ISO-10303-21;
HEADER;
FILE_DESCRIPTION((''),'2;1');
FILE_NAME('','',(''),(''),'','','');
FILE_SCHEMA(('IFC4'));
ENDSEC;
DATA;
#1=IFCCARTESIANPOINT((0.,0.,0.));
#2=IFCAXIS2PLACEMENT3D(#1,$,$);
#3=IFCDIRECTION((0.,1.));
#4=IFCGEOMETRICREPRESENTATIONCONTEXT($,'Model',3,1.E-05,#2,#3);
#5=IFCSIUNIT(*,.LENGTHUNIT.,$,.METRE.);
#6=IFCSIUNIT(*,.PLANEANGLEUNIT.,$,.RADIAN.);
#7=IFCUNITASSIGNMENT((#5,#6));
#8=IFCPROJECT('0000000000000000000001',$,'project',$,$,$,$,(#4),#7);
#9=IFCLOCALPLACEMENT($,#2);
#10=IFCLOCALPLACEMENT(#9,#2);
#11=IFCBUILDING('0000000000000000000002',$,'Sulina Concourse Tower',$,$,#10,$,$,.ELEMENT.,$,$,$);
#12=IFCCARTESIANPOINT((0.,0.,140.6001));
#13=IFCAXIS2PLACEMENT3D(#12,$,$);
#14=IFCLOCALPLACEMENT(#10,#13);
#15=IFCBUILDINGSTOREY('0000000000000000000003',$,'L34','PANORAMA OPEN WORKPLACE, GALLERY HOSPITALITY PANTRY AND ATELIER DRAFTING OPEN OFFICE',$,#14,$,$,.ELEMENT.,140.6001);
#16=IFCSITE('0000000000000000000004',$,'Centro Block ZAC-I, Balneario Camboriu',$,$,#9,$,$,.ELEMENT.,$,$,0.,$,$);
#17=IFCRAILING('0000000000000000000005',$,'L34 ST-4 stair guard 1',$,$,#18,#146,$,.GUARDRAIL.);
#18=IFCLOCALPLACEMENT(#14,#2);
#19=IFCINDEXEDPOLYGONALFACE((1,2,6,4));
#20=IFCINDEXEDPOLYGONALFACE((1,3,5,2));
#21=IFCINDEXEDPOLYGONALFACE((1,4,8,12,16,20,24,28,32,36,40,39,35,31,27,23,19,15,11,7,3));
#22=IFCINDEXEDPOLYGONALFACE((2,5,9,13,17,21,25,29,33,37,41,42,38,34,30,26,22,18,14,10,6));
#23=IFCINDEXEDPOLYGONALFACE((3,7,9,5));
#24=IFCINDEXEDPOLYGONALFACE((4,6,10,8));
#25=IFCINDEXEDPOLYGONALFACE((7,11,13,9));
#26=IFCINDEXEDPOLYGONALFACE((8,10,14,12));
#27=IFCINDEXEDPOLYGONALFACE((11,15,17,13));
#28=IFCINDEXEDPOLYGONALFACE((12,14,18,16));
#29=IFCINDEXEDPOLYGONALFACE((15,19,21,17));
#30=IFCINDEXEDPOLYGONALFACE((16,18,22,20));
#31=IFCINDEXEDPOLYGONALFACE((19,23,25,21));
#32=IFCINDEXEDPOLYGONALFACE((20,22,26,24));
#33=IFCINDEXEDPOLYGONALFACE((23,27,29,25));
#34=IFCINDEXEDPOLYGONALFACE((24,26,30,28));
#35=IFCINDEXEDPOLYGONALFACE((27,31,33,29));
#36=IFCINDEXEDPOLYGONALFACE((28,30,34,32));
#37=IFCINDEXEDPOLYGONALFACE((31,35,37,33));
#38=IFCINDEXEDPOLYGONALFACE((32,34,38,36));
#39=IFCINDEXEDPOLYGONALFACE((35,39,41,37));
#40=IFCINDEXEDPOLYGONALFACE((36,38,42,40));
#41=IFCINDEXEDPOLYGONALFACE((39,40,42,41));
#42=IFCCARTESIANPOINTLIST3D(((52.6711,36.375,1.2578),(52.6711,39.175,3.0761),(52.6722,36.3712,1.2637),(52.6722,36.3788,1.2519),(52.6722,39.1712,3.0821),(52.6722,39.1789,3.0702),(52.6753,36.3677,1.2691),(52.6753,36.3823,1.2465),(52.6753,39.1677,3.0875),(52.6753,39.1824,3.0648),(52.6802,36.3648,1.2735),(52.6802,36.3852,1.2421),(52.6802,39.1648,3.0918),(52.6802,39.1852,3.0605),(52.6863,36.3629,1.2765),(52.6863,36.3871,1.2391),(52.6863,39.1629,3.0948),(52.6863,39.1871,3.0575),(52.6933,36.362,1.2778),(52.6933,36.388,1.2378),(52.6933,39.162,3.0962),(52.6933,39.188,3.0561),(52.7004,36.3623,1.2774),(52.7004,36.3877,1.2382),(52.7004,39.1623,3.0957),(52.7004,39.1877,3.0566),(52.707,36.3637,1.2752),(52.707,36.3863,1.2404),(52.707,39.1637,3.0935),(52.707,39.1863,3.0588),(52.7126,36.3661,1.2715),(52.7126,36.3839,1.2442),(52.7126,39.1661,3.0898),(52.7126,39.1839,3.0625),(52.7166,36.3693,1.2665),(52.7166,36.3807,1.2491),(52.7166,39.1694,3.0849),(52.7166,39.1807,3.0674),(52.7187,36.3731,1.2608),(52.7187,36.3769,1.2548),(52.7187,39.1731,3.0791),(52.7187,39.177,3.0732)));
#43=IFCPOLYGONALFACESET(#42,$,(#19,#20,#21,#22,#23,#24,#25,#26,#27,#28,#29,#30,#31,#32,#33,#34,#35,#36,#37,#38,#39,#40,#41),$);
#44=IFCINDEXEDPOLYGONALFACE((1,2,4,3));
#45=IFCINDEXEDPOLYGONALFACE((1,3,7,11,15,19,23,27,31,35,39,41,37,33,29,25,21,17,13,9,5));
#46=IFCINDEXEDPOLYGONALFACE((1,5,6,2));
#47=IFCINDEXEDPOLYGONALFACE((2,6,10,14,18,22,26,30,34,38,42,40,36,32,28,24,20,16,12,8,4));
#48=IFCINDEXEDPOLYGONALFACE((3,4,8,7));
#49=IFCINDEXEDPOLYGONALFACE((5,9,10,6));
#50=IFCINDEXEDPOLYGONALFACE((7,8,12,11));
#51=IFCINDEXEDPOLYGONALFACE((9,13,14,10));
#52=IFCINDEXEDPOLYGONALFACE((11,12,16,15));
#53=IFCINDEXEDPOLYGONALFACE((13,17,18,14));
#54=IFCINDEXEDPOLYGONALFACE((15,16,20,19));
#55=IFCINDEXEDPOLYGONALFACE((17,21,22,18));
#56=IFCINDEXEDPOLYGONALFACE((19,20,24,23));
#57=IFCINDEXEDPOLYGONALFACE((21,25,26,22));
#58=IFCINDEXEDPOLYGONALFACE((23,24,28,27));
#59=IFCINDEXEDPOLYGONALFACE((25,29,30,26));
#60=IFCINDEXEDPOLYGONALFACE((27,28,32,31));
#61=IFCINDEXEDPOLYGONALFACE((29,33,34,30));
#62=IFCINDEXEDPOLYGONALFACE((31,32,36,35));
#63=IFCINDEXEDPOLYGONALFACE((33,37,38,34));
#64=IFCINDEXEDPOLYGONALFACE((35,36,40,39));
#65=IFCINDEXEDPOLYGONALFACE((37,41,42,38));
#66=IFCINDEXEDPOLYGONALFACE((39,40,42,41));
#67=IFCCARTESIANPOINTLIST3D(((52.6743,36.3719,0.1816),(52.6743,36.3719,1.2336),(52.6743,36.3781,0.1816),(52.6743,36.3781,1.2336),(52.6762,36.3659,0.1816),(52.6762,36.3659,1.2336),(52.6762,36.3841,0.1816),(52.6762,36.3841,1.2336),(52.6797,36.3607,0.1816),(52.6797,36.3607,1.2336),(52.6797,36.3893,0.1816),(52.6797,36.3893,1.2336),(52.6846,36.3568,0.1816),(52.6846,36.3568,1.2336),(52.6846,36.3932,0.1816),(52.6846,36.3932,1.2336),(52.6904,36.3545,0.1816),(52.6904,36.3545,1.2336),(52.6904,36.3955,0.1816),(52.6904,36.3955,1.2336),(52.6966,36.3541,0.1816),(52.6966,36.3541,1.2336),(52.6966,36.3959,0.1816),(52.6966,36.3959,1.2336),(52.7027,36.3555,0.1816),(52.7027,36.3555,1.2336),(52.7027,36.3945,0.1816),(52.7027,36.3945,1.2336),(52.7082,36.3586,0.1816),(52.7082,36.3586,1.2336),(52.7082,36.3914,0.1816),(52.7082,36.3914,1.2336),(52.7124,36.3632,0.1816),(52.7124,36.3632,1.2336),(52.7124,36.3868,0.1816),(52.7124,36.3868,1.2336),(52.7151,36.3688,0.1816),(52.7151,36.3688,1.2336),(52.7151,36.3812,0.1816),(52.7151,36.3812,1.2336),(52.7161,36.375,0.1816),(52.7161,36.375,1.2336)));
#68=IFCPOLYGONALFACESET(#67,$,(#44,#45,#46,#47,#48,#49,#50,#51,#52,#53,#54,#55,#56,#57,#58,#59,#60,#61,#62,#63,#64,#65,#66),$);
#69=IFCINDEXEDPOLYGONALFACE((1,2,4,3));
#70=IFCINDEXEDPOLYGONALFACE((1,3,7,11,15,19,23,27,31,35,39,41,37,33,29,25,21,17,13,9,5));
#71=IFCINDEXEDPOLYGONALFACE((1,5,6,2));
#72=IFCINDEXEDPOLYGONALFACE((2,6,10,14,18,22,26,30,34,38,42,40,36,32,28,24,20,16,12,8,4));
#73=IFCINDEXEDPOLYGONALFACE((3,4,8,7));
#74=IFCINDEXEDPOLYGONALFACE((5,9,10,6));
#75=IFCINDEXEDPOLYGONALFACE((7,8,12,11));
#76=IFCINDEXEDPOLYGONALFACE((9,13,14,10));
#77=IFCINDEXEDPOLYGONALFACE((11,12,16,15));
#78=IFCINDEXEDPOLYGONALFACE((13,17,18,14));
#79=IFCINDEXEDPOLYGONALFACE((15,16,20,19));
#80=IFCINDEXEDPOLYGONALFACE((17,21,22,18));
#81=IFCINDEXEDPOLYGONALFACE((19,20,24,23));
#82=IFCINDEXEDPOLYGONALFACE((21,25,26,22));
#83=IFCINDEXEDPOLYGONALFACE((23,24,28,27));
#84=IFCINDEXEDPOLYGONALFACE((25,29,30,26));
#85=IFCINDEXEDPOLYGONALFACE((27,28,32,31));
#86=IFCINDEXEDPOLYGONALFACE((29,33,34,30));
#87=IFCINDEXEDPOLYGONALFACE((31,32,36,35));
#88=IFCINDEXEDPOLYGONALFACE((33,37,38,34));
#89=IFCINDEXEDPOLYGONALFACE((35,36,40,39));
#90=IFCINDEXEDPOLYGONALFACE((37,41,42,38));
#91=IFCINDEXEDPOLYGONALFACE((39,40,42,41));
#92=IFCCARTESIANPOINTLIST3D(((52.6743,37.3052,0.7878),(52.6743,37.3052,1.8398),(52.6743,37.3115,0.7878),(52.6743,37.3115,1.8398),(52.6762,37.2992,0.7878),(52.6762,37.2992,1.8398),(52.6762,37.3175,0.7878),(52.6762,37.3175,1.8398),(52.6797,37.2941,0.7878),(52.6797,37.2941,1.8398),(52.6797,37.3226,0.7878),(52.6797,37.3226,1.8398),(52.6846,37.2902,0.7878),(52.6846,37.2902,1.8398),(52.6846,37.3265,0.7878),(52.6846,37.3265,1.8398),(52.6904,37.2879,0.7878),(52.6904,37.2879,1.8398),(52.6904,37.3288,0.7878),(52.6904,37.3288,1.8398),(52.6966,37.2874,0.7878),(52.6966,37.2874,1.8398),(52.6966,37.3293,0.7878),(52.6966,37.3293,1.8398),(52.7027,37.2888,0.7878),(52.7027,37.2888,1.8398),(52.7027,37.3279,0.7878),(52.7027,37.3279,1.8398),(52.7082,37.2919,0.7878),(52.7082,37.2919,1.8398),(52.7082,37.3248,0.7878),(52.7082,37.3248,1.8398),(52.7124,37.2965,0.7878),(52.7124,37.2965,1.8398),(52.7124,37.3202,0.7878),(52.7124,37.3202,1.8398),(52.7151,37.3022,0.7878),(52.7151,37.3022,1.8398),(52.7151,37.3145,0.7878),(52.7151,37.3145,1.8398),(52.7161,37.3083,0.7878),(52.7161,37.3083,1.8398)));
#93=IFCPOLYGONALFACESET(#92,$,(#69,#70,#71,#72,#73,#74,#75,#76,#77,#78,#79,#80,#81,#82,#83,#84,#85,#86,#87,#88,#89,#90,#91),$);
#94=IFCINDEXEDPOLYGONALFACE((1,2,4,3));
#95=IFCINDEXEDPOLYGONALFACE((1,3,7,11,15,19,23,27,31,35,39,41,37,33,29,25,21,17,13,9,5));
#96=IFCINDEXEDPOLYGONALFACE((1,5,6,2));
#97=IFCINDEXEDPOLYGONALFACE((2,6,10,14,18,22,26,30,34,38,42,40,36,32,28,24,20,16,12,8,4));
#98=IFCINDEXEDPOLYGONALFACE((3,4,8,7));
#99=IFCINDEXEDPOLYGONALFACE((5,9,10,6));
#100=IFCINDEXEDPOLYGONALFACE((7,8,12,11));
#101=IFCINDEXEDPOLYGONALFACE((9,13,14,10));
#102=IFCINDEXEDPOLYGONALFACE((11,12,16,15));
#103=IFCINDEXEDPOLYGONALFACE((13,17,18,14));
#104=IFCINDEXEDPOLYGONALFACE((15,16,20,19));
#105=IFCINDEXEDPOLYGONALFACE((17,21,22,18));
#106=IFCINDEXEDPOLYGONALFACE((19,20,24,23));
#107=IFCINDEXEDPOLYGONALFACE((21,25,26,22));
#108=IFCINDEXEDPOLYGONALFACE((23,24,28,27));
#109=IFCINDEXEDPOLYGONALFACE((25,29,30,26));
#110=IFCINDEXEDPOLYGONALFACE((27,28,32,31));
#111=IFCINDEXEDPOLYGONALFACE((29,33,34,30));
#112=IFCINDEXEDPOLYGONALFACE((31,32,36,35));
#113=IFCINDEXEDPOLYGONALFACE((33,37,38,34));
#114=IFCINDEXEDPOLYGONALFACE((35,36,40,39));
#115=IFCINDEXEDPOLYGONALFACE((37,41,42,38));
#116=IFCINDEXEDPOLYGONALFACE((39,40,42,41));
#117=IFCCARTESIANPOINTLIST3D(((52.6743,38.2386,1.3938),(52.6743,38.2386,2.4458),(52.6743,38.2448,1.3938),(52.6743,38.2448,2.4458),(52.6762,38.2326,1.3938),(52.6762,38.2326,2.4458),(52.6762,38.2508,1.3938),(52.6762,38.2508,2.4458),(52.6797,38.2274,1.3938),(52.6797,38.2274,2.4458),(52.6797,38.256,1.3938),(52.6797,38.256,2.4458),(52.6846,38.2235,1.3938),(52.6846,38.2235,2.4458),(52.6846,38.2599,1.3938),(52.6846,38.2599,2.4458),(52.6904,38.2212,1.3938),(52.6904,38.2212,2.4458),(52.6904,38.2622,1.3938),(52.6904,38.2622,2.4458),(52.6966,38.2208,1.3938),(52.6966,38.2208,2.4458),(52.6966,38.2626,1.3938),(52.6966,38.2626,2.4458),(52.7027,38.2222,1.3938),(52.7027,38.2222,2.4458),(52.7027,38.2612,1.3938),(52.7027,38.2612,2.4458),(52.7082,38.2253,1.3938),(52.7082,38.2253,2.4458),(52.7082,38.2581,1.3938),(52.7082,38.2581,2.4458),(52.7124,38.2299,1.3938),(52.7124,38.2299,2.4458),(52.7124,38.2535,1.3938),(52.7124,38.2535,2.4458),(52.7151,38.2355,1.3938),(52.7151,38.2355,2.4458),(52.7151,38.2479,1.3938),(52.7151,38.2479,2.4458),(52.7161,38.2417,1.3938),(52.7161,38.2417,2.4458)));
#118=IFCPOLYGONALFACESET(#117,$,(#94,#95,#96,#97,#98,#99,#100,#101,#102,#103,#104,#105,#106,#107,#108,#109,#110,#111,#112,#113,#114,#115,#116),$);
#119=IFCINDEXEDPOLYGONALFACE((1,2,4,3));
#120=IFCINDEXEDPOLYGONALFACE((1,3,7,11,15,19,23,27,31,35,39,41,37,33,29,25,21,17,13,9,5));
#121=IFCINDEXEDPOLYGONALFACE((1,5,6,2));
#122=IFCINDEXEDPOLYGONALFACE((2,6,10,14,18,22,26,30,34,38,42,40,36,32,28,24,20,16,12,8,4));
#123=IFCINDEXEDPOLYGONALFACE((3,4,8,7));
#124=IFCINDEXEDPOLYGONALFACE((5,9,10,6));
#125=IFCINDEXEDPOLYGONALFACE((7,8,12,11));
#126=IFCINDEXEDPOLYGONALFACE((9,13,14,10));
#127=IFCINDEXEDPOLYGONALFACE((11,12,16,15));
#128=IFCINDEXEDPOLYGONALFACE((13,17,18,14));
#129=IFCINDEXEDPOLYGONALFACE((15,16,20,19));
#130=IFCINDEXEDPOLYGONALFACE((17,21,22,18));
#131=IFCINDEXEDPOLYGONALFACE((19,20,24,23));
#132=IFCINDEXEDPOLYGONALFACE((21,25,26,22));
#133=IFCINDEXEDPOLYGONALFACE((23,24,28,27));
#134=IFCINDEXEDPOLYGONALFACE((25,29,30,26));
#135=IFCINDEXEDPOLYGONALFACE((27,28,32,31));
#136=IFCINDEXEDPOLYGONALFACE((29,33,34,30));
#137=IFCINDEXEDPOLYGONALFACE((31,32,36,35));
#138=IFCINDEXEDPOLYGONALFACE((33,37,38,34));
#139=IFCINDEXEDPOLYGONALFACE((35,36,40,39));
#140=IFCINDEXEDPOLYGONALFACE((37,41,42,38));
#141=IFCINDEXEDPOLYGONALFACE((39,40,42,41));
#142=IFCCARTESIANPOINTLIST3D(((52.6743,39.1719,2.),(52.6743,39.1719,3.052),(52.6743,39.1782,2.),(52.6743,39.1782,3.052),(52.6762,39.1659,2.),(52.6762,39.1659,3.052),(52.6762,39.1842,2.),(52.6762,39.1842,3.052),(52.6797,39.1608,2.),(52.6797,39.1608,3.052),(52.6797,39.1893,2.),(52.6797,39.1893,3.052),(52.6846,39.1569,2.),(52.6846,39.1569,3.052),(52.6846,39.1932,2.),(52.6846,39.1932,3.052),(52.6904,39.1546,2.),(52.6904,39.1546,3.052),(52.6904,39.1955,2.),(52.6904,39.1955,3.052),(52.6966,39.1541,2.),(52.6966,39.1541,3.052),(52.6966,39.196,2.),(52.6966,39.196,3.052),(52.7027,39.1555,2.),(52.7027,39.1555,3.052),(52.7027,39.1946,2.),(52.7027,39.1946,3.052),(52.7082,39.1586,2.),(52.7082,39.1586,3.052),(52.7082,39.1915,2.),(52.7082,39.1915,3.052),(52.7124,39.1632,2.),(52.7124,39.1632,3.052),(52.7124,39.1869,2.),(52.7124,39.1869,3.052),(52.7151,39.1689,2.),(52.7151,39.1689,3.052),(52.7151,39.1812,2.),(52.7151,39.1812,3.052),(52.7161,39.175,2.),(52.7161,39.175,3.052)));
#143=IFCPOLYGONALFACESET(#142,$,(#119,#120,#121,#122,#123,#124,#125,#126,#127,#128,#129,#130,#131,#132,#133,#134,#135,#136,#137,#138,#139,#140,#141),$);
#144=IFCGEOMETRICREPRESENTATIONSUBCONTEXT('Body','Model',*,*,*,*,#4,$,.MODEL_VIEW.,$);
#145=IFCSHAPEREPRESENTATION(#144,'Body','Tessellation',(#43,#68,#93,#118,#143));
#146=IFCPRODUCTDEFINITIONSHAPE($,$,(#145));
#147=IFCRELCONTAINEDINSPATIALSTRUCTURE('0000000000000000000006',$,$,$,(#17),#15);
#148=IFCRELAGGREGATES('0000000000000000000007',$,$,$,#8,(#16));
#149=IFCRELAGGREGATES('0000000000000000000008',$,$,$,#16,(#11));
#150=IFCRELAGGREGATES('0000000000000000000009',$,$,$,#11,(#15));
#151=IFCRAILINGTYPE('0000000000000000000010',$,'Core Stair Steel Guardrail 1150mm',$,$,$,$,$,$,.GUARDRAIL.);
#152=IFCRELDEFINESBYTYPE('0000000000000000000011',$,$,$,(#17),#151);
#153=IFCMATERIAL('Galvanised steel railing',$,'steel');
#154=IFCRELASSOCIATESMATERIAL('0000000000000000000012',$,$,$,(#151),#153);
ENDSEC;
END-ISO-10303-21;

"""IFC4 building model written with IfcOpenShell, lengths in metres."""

from ifc_helpers import new_model, si_unit, direction, frame, origin, origin_2d, place, context, subcontext, project, spatial, circle, extrude, material, type_object, element, save


model = new_model("IFC4")

# Units and contexts
model_context = context("Model", 3, precision=1e-05, world=origin(), true_north=direction((0.0, 1.0)))
body_context = subcontext(model_context, "Body", "Model", "MODEL_VIEW")
ifc_project = project(units=[si_unit("LENGTHUNIT", "METRE"), si_unit("PLANEANGLEUNIT", "RADIAN")], contexts=[model_context])

# Site, building, storey
site_placement = place(None, origin())
site = spatial("IfcSite", under=ifc_project, at=site_placement, Name="Centro Block ZAC-I, Balneario Camboriu", CompositionType="ELEMENT", RefElevation=0.0)
building_placement = place(site_placement, origin())
building = spatial("IfcBuilding", under=site, at=building_placement, Name="Sulina Concourse Tower", CompositionType="ELEMENT")
storey_placement = place(building_placement, frame((0.0, 0.0, 140.6001)))
storey = spatial("IfcBuildingStorey", under=building, at=storey_placement, Name="L34", Description="PANORAMA OPEN WORKPLACE, GALLERY HOSPITALITY PANTRY AND ATELIER DRAFTING OPEN OFFICE", CompositionType="ELEMENT", Elevation=140.6001)

# Railing
ifc_material_1 = material(Name="Galvanised steel railing", Category="steel")
railing_type_1 = type_object("IfcRailingType", Name="Core Stair Steel Guardrail 1150mm", PredefinedType="GUARDRAIL", material=ifc_material_1)
railing_1_placement = place(storey_placement, frame((52.6951, 36.375, 0.1816)))
element("IfcRailing", 1, at=railing_1_placement, inside=storey, type_object=railing_type_1, Name="L34 ST-4 stair guard 1", PredefinedType="GUARDRAIL", context=body_context, shape_type="SweptSolid", body=[
    extrude(circle(Radius=0.0239, at=origin_2d()), frame((0.0, 0.0, 1.0762), z_axis=(0.0, 0.838672, 0.544636), x_axis=(-1.0, 0.0, 0.0)), (0.0, 0.0, 1.0), 3.3386),
    extrude(circle(Radius=0.021, at=origin_2d()), origin(), (0.0, 0.0, 1.0), 1.052),
    extrude(circle(Radius=0.021, at=origin_2d()), frame((0.0, 0.9333, 0.6062)), (0.0, 0.0, 1.0), 1.052),
    extrude(circle(Radius=0.021, at=origin_2d()), frame((0.0, 1.8667, 1.2122)), (0.0, 0.0, 1.0), 1.052),
    extrude(circle(Radius=0.021, at=origin_2d()), frame((0.0, 2.8, 1.8184)), (0.0, 0.0, 1.0), 1.052),
])

save(model, "model.ifc")
